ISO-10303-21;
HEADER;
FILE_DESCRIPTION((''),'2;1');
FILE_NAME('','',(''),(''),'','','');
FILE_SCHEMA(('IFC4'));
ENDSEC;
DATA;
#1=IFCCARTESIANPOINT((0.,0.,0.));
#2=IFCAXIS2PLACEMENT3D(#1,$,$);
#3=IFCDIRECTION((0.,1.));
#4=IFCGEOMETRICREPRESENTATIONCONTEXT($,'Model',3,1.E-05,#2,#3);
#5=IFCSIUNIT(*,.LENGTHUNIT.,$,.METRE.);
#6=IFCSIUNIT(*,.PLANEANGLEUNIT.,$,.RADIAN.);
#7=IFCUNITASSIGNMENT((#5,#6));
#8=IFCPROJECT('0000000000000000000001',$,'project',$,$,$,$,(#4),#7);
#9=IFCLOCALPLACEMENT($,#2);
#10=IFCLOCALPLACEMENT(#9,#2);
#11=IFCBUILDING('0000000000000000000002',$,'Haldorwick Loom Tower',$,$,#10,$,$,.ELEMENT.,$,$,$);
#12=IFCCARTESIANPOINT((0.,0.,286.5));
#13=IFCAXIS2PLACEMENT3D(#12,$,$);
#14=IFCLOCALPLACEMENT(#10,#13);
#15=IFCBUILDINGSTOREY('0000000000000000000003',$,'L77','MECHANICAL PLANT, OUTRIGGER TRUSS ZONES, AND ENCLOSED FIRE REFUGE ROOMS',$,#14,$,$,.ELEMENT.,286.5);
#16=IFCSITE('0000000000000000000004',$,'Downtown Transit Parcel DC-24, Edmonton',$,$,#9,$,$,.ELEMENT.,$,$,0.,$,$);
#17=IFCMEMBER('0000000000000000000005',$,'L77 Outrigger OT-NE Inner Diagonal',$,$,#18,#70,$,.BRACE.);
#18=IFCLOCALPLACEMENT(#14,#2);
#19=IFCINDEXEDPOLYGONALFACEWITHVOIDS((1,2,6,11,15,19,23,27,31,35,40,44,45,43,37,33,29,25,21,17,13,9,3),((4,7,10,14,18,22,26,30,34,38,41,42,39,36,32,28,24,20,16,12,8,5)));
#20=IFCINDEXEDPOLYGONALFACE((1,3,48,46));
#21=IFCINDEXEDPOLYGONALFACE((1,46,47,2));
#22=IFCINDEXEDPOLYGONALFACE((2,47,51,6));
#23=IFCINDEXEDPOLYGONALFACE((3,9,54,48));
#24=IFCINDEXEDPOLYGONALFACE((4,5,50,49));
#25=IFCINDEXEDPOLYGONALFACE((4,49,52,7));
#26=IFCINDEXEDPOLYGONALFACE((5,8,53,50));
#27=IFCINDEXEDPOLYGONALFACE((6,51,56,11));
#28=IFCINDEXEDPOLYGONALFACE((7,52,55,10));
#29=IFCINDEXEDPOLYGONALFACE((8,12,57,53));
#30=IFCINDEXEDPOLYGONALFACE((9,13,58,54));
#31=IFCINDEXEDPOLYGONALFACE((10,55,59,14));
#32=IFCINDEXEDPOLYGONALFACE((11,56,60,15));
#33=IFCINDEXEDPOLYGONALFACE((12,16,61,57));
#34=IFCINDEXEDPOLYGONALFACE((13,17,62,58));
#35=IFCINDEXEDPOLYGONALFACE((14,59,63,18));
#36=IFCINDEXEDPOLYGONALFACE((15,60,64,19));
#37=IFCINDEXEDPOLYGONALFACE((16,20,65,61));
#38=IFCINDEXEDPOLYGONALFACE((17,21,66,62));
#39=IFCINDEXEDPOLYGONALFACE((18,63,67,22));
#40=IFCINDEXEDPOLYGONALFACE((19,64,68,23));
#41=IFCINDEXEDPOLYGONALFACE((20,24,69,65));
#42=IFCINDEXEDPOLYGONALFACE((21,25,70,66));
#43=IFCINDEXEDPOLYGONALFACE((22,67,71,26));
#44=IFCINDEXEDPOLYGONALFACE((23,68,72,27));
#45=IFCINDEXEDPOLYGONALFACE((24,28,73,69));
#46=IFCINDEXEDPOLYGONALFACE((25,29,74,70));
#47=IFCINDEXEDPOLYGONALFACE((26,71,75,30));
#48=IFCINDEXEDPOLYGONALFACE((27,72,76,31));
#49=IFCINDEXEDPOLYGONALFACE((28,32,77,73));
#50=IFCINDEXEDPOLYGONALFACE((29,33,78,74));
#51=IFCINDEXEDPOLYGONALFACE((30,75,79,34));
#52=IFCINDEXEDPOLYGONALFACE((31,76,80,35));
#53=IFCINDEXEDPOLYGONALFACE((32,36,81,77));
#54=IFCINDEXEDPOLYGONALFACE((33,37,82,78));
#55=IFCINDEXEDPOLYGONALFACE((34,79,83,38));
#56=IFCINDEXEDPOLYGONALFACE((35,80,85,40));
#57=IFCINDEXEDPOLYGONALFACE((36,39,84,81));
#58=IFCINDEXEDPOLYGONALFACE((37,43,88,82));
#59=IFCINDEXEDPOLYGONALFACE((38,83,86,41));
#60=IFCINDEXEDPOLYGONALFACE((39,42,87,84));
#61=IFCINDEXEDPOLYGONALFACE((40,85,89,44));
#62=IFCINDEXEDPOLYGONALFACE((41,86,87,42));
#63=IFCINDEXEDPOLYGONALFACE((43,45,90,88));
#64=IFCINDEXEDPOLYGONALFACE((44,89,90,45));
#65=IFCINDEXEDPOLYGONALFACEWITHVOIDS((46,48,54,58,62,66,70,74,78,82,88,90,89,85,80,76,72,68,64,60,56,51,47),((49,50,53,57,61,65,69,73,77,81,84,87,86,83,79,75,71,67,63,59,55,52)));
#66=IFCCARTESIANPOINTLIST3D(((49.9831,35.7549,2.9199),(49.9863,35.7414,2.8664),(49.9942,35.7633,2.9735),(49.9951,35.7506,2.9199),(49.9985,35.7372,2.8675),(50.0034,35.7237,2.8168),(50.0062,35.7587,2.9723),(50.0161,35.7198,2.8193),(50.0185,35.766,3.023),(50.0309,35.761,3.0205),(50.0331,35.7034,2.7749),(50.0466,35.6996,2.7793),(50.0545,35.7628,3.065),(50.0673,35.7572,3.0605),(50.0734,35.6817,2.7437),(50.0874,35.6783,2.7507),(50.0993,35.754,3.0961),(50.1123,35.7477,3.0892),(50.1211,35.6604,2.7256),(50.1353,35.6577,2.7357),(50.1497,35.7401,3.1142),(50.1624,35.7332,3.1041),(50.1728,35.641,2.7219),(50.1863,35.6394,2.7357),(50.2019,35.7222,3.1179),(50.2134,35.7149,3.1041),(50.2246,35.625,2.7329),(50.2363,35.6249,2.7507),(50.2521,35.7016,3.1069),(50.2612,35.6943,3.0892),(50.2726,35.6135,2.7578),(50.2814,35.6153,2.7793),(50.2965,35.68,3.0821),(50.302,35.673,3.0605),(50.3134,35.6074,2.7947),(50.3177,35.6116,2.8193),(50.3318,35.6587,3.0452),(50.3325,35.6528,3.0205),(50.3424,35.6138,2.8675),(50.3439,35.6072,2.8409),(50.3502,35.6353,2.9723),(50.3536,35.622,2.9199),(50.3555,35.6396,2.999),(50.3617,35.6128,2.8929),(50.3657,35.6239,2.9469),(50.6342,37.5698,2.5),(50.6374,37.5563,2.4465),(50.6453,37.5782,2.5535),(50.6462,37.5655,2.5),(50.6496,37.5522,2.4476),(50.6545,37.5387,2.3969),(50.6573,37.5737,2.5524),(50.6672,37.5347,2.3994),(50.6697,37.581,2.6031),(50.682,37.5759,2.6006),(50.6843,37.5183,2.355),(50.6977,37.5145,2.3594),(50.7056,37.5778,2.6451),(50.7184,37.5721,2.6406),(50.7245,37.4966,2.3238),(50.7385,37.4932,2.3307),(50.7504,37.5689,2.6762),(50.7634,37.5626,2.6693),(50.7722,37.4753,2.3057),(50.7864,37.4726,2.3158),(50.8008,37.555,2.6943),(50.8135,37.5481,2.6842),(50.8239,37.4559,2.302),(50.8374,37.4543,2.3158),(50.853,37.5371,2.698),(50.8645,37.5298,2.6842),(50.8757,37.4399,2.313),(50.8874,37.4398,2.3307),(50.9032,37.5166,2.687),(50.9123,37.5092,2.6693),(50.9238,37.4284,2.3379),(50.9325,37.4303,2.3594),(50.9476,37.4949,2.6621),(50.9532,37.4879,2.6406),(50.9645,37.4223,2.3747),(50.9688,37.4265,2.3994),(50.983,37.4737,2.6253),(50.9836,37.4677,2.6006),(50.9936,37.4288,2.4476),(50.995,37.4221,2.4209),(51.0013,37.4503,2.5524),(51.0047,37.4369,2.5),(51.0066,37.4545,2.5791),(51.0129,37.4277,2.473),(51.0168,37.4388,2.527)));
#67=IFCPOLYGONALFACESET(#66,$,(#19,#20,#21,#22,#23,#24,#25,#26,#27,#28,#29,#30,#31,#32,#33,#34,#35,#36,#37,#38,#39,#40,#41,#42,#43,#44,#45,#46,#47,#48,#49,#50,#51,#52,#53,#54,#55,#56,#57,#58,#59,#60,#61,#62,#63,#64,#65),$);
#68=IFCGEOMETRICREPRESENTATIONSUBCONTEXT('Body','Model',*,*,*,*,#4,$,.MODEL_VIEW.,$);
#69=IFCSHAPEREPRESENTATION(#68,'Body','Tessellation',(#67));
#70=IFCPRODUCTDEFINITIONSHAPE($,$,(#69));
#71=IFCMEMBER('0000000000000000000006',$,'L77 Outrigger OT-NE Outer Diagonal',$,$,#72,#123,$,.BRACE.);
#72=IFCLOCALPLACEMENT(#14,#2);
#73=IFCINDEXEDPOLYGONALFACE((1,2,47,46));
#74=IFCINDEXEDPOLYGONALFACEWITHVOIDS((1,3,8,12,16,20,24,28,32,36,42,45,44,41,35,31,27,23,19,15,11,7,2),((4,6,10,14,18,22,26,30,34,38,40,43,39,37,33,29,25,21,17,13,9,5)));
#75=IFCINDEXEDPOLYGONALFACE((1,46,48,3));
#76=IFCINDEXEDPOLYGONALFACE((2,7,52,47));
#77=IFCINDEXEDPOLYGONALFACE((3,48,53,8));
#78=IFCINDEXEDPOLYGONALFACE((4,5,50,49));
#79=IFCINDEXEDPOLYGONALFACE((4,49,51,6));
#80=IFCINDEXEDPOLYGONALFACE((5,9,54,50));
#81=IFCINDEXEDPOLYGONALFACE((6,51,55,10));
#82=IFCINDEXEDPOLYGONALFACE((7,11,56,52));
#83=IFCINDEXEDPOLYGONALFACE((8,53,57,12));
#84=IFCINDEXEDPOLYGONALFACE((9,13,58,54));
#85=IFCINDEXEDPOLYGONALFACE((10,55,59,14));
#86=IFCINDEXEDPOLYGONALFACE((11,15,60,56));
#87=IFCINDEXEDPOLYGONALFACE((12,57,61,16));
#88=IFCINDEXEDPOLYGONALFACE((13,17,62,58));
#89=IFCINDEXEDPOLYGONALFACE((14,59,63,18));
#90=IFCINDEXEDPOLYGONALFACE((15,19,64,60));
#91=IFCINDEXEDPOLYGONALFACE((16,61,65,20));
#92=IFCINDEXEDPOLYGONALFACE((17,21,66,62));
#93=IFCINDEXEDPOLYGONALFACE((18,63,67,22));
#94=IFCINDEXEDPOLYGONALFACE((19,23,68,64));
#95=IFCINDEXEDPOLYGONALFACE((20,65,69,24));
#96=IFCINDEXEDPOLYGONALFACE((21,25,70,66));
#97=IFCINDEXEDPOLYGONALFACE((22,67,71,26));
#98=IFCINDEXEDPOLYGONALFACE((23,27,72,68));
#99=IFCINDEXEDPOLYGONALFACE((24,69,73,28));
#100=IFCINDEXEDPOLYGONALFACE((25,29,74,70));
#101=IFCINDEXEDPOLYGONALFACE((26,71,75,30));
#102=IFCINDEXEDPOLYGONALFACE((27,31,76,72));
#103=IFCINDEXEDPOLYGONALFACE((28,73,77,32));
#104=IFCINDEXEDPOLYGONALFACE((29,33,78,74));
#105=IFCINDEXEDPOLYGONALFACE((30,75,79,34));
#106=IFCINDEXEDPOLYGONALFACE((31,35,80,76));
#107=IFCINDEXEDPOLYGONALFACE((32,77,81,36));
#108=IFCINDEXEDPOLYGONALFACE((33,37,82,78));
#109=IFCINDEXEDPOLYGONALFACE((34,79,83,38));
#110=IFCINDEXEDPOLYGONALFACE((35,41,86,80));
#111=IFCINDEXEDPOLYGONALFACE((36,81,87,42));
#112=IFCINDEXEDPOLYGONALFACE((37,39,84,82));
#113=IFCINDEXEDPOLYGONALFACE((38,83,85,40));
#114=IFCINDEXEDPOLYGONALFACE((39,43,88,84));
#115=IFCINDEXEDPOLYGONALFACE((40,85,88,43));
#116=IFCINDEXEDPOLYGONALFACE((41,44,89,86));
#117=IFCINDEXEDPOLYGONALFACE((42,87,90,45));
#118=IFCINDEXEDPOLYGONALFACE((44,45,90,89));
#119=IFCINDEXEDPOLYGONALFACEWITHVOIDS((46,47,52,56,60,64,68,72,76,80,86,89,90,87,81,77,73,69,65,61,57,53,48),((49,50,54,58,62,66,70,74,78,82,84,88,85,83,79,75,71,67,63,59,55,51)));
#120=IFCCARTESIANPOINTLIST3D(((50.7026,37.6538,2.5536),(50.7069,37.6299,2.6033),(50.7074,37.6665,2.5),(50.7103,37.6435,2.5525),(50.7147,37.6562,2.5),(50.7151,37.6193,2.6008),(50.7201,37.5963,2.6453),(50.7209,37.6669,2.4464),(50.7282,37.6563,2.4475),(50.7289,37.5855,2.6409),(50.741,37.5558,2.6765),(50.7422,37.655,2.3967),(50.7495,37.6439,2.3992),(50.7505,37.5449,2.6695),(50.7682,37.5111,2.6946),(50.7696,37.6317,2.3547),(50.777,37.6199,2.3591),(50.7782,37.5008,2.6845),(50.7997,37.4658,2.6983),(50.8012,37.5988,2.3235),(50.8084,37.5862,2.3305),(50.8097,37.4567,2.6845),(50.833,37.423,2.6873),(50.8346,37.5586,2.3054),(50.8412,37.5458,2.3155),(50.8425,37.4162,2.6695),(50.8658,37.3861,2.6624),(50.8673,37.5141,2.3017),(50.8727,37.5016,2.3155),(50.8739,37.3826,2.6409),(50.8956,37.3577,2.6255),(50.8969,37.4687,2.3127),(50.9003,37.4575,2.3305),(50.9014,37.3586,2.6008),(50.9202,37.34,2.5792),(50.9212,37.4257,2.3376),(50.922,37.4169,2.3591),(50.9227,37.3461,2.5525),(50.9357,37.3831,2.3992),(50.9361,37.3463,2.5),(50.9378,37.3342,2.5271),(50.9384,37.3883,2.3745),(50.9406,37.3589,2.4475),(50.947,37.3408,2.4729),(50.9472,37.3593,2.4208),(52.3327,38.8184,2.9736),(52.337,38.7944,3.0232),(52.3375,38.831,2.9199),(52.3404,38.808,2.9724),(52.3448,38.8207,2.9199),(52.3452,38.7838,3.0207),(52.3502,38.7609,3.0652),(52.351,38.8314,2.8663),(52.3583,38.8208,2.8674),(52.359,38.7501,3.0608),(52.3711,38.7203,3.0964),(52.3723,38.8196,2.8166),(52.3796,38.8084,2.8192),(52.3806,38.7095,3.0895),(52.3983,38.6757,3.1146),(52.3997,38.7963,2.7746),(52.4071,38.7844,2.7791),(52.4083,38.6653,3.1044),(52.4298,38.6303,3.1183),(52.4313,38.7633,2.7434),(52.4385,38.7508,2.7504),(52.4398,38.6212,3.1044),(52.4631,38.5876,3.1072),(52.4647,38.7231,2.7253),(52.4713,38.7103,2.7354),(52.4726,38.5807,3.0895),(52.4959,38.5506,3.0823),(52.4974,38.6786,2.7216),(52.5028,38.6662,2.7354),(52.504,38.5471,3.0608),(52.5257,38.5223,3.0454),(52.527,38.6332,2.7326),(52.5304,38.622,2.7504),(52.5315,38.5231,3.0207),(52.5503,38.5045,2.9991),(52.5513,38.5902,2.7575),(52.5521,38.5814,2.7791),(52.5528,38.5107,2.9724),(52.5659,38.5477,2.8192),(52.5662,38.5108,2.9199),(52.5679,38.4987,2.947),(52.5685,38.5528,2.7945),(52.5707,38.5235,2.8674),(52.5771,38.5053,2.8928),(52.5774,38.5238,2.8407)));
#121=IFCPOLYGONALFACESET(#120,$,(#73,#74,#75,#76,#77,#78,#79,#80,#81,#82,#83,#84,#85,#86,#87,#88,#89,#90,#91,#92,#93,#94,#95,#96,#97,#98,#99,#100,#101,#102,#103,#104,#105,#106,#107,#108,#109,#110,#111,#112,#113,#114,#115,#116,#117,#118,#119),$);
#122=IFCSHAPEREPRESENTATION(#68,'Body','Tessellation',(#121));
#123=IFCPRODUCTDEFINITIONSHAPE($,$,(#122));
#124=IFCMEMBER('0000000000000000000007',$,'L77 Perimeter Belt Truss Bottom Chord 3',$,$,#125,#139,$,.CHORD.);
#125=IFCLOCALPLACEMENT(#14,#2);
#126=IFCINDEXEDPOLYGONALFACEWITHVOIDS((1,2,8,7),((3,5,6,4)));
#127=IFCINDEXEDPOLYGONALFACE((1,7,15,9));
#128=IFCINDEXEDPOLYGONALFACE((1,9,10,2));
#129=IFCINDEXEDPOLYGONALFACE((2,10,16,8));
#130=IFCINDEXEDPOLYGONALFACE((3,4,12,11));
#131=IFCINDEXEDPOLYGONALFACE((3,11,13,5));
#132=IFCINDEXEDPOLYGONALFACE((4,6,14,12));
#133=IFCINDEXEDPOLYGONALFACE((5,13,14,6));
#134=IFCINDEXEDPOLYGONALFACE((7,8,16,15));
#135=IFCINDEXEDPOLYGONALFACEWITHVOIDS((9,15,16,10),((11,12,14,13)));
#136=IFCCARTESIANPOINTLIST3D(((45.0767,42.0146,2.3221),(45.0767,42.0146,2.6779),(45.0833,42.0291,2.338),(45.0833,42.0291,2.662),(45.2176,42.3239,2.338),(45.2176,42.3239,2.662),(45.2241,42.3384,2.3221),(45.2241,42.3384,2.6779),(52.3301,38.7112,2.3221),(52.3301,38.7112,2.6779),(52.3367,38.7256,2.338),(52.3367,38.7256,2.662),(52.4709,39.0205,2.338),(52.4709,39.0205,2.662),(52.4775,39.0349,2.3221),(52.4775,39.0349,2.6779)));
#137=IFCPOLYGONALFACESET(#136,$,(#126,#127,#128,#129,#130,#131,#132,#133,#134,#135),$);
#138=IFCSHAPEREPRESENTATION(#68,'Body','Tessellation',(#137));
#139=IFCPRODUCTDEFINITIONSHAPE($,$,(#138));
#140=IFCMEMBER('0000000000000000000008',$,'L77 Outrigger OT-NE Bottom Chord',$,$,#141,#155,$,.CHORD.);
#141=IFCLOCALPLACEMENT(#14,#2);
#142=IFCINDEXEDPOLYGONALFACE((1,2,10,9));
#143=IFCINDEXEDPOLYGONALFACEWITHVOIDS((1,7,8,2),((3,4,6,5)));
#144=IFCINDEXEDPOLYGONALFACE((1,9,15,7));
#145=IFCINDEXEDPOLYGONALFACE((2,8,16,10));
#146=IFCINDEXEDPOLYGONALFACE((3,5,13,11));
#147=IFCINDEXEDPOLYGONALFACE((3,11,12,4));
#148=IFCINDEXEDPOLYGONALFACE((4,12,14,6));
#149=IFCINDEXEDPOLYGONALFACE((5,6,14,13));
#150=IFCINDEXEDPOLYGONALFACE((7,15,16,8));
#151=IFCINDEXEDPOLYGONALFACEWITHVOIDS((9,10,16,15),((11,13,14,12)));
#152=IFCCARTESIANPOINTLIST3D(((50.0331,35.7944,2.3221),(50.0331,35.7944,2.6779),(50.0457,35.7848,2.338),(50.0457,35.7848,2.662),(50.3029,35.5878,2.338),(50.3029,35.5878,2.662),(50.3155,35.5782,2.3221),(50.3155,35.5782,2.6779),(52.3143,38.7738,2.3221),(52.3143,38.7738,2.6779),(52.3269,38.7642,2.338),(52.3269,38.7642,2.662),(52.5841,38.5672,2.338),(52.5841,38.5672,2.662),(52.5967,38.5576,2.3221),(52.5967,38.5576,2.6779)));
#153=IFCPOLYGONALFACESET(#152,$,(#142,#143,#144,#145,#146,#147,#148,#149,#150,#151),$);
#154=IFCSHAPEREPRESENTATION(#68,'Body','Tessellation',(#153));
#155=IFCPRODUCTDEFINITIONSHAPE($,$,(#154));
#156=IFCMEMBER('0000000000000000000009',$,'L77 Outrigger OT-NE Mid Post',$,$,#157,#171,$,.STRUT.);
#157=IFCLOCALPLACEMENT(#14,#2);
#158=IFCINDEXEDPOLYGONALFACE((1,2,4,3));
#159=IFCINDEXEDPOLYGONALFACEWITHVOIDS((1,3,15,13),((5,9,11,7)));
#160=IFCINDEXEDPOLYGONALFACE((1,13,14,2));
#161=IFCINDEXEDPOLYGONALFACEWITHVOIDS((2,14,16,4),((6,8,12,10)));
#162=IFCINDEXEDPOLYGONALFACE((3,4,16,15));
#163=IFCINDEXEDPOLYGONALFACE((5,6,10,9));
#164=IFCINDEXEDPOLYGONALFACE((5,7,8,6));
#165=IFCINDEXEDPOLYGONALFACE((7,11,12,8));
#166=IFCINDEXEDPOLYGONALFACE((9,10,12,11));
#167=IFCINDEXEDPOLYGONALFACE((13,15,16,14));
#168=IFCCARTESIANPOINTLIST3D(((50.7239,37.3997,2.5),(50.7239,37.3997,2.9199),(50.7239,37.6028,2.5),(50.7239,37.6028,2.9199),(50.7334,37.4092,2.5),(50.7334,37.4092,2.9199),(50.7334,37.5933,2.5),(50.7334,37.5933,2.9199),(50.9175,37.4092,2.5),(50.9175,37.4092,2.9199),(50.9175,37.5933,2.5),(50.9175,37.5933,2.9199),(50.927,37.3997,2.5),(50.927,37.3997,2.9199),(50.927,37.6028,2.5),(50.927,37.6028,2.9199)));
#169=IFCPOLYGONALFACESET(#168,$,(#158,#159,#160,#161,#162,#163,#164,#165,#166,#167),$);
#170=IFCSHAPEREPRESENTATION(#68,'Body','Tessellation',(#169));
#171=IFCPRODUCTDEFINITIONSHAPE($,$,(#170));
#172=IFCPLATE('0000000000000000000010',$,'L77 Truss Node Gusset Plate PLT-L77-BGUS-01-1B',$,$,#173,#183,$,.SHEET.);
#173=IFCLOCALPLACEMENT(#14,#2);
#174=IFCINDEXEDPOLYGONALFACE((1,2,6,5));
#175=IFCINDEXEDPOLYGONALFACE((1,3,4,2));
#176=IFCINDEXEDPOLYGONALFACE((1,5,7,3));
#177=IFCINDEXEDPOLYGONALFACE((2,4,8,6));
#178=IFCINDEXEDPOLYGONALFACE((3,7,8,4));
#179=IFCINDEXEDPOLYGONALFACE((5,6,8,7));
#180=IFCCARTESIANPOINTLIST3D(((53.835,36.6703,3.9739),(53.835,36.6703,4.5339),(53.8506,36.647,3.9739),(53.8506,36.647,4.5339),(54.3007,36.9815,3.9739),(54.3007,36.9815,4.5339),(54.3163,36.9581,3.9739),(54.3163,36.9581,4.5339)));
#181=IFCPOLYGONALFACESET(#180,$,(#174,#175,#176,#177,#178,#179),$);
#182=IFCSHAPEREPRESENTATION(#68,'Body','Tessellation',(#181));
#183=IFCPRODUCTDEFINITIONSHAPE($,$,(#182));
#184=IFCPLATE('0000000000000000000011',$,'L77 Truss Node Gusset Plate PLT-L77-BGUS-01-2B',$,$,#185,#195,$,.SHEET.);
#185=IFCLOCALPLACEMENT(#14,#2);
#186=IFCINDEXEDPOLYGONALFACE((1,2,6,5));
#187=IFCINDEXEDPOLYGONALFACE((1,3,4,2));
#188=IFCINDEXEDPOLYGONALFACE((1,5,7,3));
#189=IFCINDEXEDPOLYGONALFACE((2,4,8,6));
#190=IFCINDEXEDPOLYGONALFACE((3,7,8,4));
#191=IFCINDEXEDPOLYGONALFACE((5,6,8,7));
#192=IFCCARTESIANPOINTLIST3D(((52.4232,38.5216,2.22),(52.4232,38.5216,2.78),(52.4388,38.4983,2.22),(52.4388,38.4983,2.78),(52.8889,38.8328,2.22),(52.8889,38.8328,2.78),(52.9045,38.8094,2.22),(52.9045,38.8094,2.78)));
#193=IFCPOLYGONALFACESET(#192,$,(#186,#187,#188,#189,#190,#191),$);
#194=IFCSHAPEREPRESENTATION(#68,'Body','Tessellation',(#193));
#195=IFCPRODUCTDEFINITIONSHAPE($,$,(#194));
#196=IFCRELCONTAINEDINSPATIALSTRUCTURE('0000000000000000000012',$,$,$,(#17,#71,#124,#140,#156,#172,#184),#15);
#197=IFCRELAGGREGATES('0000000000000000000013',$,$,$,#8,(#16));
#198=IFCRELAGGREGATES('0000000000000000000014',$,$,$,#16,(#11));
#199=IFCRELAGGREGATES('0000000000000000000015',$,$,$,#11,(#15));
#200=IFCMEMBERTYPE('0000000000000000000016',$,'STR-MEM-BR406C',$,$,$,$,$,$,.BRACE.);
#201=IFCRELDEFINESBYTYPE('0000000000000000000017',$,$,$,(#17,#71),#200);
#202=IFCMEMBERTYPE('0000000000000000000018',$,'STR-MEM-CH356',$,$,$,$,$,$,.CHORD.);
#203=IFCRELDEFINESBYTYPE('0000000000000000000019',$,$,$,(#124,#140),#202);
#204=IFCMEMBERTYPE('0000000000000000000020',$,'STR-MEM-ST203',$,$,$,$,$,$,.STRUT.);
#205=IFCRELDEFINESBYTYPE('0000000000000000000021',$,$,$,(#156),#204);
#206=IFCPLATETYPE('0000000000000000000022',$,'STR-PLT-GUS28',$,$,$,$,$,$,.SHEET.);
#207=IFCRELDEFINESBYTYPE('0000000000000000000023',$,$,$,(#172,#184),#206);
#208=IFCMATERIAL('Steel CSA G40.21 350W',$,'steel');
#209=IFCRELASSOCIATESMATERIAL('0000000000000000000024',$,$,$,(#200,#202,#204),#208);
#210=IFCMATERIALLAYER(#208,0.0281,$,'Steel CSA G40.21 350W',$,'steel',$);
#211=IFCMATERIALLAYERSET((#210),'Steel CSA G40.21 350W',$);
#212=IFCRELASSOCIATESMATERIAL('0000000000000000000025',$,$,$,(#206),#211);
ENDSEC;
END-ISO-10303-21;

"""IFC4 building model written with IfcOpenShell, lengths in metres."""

from ifc_helpers import new_model, si_unit, direction, frame, origin, origin_2d, place, context, subcontext, project, spatial, rectangle, hollow_rectangle, hollow_circle, extrude, material, layer, layer_set, material_profile, profile_set, type_object, element, save


model = new_model("IFC4")

# Units and contexts
model_context = context("Model", 3, precision=1e-05, world=origin(), true_north=direction((0.0, 1.0)))
body_context = subcontext(model_context, "Body", "Model", "MODEL_VIEW")
ifc_project = project(units=[si_unit("LENGTHUNIT", "METRE"), si_unit("PLANEANGLEUNIT", "RADIAN")], contexts=[model_context])

# Site, building, storey
site_placement = place(None, origin())
site = spatial("IfcSite", under=ifc_project, at=site_placement, Name="Downtown Transit Parcel DC-24, Edmonton", CompositionType="ELEMENT", RefElevation=0.0)
building_placement = place(site_placement, origin())
building = spatial("IfcBuilding", under=site, at=building_placement, Name="Haldorwick Loom Tower", CompositionType="ELEMENT")
storey_placement = place(building_placement, frame((0.0, 0.0, 286.5)))
storey = spatial("IfcBuildingStorey", under=building, at=storey_placement, Name="L77", Description="MECHANICAL PLANT, OUTRIGGER TRUSS ZONES, AND ENCLOSED FIRE REFUGE ROOMS", CompositionType="ELEMENT", Elevation=286.5)

# Shared definitions
ifc_material_1 = material(Name="Steel CSA G40.21 350W", Category="steel")

# Members
ifc_material_profile_1 = material_profile(ifc_material_1, hollow_circle(Radius=0.2031, WallThickness=0.0127, at=origin_2d()), Name="HSS406X13", Category="steel")
ifc_profile_set_1 = profile_set([ifc_material_profile_1], Name="Steel CSA G40.21 350W")
member_type_1 = type_object("IfcMemberType", Name="STR-MEM-BR406C", PredefinedType="BRACE", material=ifc_profile_set_1)
member_1_placement = place(storey_placement, frame((50.1743, 35.6863, 2.9199), z_axis=(0.32995, 0.919703, -0.212791), x_axis=(-0.94126, 0.337684, 0.0)))
element("IfcMember", 1, at=member_1_placement, inside=storey, type_object=member_type_1, Name="L77 Outrigger OT-NE Inner Diagonal", PredefinedType="BRACE", context=body_context, shape_type="SweptSolid", body=[
    extrude(hollow_circle(Radius=0.2031, WallThickness=0.0127, at=origin_2d()), origin(), (0.0, 0.0, 1.0), 1.9734),
])
member_2_placement = place(storey_placement, frame((50.8254, 37.5012, 2.5), z_axis=(0.796386, 0.568932, 0.20515), x_axis=(-0.581296, 0.813692, 0.0)))
element("IfcMember", 2, at=member_2_placement, inside=storey, type_object=member_type_1, Name="L77 Outrigger OT-NE Outer Diagonal", PredefinedType="BRACE", context=body_context, shape_type="SweptSolid", body=[
    extrude(hollow_circle(Radius=0.2031, WallThickness=0.0127, at=origin_2d()), origin(), (0.0, 0.0, 1.0), 2.0469),
])
ifc_material_profile_2 = material_profile(ifc_material_1, hollow_rectangle(XDim=0.3557, YDim=0.3557, WallThickness=0.0159, at=origin_2d()), Name="HSS356X356X16", Category="steel")
ifc_profile_set_2 = profile_set([ifc_material_profile_2], Name="Steel CSA G40.21 350W")
member_type_2 = type_object("IfcMemberType", Name="STR-MEM-CH356", PredefinedType="CHORD", material=ifc_profile_set_2)
member_3_placement = place(storey_placement, frame((52.4038, 38.873, 2.5), z_axis=(-0.910061, 0.414474, 0.0), x_axis=(-0.414474, -0.910061, 0.0)))
element("IfcMember", 3, at=member_3_placement, inside=storey, type_object=member_type_2, Name="L77 Perimeter Belt Truss Bottom Chord 3", PredefinedType="CHORD", context=body_context, shape_type="SweptSolid", body=[
    extrude(hollow_rectangle(XDim=0.3557, YDim=0.3557, WallThickness=0.0159, at=origin_2d()), origin(), (0.0, 0.0, 1.0), 7.9702),
])
member_4_placement = place(storey_placement, frame((50.1743, 35.6863, 2.5), z_axis=(0.607923, 0.793996, 0.0), x_axis=(-0.793996, 0.607923, 0.0)))
element("IfcMember", 4, at=member_4_placement, inside=storey, type_object=member_type_2, Name="L77 Outrigger OT-NE Bottom Chord", PredefinedType="CHORD", context=body_context, shape_type="SweptSolid", body=[
    extrude(hollow_rectangle(XDim=0.3557, YDim=0.3557, WallThickness=0.0159, at=origin_2d()), origin(), (0.0, 0.0, 1.0), 3.7524),
])
ifc_material_profile_3 = material_profile(ifc_material_1, hollow_rectangle(XDim=0.2031, YDim=0.2031, WallThickness=0.0095, at=origin_2d()), Name="HSS203X203X10", Category="steel")
ifc_profile_set_3 = profile_set([ifc_material_profile_3], Name="Steel CSA G40.21 350W")
member_type_3 = type_object("IfcMemberType", Name="STR-MEM-ST203", PredefinedType="STRUT", material=ifc_profile_set_3)
member_5_placement = place(storey_placement, frame((50.8254, 37.5012, 2.5), z_axis=(0.0, 0.0, 1.0), x_axis=(1.0, 0.0, 0.0)))
element("IfcMember", 5, at=member_5_placement, inside=storey, type_object=member_type_3, Name="L77 Outrigger OT-NE Mid Post", PredefinedType="STRUT", context=body_context, shape_type="SweptSolid", body=[
    extrude(hollow_rectangle(XDim=0.2031, YDim=0.2031, WallThickness=0.0095, at=origin_2d()), origin(), (0.0, 0.0, 1.0), 0.4199),
])

# Plates
ifc_layer_1 = layer(ifc_material_1, 0.0281, Name="Steel CSA G40.21 350W", Category="steel")
ifc_layer_set_1 = layer_set([ifc_layer_1], Name="Steel CSA G40.21 350W")
plate_type = type_object("IfcPlateType", Name="STR-PLT-GUS28", PredefinedType="SHEET", material=ifc_layer_set_1)
for number, where, z_axis, x_axis, name in (
    (6, (54.0757, 36.8142, 3.9739), (0.0, 0.0, 1.0), (0.83147, 0.55557, 0.0), "L77 Truss Node Gusset Plate PLT-L77-BGUS-01-1B"),
    (7, (52.6638, 38.6655, 2.22), (0.0, 0.0, 1.0), (0.83147, 0.55557, 0.0), "L77 Truss Node Gusset Plate PLT-L77-BGUS-01-2B"),
):
    element("IfcPlate", number, at=place(storey_placement, frame(where, z_axis=z_axis, x_axis=x_axis)), inside=storey, type_object=plate_type, Name=name, PredefinedType="SHEET", context=body_context, shape_type="SweptSolid", body=[
        extrude(rectangle(XDim=0.5601, YDim=0.0281, at=origin_2d()), origin(), (0.0, 0.0, 1.0), 0.5601),
    ])

save(model, "model.ifc")
